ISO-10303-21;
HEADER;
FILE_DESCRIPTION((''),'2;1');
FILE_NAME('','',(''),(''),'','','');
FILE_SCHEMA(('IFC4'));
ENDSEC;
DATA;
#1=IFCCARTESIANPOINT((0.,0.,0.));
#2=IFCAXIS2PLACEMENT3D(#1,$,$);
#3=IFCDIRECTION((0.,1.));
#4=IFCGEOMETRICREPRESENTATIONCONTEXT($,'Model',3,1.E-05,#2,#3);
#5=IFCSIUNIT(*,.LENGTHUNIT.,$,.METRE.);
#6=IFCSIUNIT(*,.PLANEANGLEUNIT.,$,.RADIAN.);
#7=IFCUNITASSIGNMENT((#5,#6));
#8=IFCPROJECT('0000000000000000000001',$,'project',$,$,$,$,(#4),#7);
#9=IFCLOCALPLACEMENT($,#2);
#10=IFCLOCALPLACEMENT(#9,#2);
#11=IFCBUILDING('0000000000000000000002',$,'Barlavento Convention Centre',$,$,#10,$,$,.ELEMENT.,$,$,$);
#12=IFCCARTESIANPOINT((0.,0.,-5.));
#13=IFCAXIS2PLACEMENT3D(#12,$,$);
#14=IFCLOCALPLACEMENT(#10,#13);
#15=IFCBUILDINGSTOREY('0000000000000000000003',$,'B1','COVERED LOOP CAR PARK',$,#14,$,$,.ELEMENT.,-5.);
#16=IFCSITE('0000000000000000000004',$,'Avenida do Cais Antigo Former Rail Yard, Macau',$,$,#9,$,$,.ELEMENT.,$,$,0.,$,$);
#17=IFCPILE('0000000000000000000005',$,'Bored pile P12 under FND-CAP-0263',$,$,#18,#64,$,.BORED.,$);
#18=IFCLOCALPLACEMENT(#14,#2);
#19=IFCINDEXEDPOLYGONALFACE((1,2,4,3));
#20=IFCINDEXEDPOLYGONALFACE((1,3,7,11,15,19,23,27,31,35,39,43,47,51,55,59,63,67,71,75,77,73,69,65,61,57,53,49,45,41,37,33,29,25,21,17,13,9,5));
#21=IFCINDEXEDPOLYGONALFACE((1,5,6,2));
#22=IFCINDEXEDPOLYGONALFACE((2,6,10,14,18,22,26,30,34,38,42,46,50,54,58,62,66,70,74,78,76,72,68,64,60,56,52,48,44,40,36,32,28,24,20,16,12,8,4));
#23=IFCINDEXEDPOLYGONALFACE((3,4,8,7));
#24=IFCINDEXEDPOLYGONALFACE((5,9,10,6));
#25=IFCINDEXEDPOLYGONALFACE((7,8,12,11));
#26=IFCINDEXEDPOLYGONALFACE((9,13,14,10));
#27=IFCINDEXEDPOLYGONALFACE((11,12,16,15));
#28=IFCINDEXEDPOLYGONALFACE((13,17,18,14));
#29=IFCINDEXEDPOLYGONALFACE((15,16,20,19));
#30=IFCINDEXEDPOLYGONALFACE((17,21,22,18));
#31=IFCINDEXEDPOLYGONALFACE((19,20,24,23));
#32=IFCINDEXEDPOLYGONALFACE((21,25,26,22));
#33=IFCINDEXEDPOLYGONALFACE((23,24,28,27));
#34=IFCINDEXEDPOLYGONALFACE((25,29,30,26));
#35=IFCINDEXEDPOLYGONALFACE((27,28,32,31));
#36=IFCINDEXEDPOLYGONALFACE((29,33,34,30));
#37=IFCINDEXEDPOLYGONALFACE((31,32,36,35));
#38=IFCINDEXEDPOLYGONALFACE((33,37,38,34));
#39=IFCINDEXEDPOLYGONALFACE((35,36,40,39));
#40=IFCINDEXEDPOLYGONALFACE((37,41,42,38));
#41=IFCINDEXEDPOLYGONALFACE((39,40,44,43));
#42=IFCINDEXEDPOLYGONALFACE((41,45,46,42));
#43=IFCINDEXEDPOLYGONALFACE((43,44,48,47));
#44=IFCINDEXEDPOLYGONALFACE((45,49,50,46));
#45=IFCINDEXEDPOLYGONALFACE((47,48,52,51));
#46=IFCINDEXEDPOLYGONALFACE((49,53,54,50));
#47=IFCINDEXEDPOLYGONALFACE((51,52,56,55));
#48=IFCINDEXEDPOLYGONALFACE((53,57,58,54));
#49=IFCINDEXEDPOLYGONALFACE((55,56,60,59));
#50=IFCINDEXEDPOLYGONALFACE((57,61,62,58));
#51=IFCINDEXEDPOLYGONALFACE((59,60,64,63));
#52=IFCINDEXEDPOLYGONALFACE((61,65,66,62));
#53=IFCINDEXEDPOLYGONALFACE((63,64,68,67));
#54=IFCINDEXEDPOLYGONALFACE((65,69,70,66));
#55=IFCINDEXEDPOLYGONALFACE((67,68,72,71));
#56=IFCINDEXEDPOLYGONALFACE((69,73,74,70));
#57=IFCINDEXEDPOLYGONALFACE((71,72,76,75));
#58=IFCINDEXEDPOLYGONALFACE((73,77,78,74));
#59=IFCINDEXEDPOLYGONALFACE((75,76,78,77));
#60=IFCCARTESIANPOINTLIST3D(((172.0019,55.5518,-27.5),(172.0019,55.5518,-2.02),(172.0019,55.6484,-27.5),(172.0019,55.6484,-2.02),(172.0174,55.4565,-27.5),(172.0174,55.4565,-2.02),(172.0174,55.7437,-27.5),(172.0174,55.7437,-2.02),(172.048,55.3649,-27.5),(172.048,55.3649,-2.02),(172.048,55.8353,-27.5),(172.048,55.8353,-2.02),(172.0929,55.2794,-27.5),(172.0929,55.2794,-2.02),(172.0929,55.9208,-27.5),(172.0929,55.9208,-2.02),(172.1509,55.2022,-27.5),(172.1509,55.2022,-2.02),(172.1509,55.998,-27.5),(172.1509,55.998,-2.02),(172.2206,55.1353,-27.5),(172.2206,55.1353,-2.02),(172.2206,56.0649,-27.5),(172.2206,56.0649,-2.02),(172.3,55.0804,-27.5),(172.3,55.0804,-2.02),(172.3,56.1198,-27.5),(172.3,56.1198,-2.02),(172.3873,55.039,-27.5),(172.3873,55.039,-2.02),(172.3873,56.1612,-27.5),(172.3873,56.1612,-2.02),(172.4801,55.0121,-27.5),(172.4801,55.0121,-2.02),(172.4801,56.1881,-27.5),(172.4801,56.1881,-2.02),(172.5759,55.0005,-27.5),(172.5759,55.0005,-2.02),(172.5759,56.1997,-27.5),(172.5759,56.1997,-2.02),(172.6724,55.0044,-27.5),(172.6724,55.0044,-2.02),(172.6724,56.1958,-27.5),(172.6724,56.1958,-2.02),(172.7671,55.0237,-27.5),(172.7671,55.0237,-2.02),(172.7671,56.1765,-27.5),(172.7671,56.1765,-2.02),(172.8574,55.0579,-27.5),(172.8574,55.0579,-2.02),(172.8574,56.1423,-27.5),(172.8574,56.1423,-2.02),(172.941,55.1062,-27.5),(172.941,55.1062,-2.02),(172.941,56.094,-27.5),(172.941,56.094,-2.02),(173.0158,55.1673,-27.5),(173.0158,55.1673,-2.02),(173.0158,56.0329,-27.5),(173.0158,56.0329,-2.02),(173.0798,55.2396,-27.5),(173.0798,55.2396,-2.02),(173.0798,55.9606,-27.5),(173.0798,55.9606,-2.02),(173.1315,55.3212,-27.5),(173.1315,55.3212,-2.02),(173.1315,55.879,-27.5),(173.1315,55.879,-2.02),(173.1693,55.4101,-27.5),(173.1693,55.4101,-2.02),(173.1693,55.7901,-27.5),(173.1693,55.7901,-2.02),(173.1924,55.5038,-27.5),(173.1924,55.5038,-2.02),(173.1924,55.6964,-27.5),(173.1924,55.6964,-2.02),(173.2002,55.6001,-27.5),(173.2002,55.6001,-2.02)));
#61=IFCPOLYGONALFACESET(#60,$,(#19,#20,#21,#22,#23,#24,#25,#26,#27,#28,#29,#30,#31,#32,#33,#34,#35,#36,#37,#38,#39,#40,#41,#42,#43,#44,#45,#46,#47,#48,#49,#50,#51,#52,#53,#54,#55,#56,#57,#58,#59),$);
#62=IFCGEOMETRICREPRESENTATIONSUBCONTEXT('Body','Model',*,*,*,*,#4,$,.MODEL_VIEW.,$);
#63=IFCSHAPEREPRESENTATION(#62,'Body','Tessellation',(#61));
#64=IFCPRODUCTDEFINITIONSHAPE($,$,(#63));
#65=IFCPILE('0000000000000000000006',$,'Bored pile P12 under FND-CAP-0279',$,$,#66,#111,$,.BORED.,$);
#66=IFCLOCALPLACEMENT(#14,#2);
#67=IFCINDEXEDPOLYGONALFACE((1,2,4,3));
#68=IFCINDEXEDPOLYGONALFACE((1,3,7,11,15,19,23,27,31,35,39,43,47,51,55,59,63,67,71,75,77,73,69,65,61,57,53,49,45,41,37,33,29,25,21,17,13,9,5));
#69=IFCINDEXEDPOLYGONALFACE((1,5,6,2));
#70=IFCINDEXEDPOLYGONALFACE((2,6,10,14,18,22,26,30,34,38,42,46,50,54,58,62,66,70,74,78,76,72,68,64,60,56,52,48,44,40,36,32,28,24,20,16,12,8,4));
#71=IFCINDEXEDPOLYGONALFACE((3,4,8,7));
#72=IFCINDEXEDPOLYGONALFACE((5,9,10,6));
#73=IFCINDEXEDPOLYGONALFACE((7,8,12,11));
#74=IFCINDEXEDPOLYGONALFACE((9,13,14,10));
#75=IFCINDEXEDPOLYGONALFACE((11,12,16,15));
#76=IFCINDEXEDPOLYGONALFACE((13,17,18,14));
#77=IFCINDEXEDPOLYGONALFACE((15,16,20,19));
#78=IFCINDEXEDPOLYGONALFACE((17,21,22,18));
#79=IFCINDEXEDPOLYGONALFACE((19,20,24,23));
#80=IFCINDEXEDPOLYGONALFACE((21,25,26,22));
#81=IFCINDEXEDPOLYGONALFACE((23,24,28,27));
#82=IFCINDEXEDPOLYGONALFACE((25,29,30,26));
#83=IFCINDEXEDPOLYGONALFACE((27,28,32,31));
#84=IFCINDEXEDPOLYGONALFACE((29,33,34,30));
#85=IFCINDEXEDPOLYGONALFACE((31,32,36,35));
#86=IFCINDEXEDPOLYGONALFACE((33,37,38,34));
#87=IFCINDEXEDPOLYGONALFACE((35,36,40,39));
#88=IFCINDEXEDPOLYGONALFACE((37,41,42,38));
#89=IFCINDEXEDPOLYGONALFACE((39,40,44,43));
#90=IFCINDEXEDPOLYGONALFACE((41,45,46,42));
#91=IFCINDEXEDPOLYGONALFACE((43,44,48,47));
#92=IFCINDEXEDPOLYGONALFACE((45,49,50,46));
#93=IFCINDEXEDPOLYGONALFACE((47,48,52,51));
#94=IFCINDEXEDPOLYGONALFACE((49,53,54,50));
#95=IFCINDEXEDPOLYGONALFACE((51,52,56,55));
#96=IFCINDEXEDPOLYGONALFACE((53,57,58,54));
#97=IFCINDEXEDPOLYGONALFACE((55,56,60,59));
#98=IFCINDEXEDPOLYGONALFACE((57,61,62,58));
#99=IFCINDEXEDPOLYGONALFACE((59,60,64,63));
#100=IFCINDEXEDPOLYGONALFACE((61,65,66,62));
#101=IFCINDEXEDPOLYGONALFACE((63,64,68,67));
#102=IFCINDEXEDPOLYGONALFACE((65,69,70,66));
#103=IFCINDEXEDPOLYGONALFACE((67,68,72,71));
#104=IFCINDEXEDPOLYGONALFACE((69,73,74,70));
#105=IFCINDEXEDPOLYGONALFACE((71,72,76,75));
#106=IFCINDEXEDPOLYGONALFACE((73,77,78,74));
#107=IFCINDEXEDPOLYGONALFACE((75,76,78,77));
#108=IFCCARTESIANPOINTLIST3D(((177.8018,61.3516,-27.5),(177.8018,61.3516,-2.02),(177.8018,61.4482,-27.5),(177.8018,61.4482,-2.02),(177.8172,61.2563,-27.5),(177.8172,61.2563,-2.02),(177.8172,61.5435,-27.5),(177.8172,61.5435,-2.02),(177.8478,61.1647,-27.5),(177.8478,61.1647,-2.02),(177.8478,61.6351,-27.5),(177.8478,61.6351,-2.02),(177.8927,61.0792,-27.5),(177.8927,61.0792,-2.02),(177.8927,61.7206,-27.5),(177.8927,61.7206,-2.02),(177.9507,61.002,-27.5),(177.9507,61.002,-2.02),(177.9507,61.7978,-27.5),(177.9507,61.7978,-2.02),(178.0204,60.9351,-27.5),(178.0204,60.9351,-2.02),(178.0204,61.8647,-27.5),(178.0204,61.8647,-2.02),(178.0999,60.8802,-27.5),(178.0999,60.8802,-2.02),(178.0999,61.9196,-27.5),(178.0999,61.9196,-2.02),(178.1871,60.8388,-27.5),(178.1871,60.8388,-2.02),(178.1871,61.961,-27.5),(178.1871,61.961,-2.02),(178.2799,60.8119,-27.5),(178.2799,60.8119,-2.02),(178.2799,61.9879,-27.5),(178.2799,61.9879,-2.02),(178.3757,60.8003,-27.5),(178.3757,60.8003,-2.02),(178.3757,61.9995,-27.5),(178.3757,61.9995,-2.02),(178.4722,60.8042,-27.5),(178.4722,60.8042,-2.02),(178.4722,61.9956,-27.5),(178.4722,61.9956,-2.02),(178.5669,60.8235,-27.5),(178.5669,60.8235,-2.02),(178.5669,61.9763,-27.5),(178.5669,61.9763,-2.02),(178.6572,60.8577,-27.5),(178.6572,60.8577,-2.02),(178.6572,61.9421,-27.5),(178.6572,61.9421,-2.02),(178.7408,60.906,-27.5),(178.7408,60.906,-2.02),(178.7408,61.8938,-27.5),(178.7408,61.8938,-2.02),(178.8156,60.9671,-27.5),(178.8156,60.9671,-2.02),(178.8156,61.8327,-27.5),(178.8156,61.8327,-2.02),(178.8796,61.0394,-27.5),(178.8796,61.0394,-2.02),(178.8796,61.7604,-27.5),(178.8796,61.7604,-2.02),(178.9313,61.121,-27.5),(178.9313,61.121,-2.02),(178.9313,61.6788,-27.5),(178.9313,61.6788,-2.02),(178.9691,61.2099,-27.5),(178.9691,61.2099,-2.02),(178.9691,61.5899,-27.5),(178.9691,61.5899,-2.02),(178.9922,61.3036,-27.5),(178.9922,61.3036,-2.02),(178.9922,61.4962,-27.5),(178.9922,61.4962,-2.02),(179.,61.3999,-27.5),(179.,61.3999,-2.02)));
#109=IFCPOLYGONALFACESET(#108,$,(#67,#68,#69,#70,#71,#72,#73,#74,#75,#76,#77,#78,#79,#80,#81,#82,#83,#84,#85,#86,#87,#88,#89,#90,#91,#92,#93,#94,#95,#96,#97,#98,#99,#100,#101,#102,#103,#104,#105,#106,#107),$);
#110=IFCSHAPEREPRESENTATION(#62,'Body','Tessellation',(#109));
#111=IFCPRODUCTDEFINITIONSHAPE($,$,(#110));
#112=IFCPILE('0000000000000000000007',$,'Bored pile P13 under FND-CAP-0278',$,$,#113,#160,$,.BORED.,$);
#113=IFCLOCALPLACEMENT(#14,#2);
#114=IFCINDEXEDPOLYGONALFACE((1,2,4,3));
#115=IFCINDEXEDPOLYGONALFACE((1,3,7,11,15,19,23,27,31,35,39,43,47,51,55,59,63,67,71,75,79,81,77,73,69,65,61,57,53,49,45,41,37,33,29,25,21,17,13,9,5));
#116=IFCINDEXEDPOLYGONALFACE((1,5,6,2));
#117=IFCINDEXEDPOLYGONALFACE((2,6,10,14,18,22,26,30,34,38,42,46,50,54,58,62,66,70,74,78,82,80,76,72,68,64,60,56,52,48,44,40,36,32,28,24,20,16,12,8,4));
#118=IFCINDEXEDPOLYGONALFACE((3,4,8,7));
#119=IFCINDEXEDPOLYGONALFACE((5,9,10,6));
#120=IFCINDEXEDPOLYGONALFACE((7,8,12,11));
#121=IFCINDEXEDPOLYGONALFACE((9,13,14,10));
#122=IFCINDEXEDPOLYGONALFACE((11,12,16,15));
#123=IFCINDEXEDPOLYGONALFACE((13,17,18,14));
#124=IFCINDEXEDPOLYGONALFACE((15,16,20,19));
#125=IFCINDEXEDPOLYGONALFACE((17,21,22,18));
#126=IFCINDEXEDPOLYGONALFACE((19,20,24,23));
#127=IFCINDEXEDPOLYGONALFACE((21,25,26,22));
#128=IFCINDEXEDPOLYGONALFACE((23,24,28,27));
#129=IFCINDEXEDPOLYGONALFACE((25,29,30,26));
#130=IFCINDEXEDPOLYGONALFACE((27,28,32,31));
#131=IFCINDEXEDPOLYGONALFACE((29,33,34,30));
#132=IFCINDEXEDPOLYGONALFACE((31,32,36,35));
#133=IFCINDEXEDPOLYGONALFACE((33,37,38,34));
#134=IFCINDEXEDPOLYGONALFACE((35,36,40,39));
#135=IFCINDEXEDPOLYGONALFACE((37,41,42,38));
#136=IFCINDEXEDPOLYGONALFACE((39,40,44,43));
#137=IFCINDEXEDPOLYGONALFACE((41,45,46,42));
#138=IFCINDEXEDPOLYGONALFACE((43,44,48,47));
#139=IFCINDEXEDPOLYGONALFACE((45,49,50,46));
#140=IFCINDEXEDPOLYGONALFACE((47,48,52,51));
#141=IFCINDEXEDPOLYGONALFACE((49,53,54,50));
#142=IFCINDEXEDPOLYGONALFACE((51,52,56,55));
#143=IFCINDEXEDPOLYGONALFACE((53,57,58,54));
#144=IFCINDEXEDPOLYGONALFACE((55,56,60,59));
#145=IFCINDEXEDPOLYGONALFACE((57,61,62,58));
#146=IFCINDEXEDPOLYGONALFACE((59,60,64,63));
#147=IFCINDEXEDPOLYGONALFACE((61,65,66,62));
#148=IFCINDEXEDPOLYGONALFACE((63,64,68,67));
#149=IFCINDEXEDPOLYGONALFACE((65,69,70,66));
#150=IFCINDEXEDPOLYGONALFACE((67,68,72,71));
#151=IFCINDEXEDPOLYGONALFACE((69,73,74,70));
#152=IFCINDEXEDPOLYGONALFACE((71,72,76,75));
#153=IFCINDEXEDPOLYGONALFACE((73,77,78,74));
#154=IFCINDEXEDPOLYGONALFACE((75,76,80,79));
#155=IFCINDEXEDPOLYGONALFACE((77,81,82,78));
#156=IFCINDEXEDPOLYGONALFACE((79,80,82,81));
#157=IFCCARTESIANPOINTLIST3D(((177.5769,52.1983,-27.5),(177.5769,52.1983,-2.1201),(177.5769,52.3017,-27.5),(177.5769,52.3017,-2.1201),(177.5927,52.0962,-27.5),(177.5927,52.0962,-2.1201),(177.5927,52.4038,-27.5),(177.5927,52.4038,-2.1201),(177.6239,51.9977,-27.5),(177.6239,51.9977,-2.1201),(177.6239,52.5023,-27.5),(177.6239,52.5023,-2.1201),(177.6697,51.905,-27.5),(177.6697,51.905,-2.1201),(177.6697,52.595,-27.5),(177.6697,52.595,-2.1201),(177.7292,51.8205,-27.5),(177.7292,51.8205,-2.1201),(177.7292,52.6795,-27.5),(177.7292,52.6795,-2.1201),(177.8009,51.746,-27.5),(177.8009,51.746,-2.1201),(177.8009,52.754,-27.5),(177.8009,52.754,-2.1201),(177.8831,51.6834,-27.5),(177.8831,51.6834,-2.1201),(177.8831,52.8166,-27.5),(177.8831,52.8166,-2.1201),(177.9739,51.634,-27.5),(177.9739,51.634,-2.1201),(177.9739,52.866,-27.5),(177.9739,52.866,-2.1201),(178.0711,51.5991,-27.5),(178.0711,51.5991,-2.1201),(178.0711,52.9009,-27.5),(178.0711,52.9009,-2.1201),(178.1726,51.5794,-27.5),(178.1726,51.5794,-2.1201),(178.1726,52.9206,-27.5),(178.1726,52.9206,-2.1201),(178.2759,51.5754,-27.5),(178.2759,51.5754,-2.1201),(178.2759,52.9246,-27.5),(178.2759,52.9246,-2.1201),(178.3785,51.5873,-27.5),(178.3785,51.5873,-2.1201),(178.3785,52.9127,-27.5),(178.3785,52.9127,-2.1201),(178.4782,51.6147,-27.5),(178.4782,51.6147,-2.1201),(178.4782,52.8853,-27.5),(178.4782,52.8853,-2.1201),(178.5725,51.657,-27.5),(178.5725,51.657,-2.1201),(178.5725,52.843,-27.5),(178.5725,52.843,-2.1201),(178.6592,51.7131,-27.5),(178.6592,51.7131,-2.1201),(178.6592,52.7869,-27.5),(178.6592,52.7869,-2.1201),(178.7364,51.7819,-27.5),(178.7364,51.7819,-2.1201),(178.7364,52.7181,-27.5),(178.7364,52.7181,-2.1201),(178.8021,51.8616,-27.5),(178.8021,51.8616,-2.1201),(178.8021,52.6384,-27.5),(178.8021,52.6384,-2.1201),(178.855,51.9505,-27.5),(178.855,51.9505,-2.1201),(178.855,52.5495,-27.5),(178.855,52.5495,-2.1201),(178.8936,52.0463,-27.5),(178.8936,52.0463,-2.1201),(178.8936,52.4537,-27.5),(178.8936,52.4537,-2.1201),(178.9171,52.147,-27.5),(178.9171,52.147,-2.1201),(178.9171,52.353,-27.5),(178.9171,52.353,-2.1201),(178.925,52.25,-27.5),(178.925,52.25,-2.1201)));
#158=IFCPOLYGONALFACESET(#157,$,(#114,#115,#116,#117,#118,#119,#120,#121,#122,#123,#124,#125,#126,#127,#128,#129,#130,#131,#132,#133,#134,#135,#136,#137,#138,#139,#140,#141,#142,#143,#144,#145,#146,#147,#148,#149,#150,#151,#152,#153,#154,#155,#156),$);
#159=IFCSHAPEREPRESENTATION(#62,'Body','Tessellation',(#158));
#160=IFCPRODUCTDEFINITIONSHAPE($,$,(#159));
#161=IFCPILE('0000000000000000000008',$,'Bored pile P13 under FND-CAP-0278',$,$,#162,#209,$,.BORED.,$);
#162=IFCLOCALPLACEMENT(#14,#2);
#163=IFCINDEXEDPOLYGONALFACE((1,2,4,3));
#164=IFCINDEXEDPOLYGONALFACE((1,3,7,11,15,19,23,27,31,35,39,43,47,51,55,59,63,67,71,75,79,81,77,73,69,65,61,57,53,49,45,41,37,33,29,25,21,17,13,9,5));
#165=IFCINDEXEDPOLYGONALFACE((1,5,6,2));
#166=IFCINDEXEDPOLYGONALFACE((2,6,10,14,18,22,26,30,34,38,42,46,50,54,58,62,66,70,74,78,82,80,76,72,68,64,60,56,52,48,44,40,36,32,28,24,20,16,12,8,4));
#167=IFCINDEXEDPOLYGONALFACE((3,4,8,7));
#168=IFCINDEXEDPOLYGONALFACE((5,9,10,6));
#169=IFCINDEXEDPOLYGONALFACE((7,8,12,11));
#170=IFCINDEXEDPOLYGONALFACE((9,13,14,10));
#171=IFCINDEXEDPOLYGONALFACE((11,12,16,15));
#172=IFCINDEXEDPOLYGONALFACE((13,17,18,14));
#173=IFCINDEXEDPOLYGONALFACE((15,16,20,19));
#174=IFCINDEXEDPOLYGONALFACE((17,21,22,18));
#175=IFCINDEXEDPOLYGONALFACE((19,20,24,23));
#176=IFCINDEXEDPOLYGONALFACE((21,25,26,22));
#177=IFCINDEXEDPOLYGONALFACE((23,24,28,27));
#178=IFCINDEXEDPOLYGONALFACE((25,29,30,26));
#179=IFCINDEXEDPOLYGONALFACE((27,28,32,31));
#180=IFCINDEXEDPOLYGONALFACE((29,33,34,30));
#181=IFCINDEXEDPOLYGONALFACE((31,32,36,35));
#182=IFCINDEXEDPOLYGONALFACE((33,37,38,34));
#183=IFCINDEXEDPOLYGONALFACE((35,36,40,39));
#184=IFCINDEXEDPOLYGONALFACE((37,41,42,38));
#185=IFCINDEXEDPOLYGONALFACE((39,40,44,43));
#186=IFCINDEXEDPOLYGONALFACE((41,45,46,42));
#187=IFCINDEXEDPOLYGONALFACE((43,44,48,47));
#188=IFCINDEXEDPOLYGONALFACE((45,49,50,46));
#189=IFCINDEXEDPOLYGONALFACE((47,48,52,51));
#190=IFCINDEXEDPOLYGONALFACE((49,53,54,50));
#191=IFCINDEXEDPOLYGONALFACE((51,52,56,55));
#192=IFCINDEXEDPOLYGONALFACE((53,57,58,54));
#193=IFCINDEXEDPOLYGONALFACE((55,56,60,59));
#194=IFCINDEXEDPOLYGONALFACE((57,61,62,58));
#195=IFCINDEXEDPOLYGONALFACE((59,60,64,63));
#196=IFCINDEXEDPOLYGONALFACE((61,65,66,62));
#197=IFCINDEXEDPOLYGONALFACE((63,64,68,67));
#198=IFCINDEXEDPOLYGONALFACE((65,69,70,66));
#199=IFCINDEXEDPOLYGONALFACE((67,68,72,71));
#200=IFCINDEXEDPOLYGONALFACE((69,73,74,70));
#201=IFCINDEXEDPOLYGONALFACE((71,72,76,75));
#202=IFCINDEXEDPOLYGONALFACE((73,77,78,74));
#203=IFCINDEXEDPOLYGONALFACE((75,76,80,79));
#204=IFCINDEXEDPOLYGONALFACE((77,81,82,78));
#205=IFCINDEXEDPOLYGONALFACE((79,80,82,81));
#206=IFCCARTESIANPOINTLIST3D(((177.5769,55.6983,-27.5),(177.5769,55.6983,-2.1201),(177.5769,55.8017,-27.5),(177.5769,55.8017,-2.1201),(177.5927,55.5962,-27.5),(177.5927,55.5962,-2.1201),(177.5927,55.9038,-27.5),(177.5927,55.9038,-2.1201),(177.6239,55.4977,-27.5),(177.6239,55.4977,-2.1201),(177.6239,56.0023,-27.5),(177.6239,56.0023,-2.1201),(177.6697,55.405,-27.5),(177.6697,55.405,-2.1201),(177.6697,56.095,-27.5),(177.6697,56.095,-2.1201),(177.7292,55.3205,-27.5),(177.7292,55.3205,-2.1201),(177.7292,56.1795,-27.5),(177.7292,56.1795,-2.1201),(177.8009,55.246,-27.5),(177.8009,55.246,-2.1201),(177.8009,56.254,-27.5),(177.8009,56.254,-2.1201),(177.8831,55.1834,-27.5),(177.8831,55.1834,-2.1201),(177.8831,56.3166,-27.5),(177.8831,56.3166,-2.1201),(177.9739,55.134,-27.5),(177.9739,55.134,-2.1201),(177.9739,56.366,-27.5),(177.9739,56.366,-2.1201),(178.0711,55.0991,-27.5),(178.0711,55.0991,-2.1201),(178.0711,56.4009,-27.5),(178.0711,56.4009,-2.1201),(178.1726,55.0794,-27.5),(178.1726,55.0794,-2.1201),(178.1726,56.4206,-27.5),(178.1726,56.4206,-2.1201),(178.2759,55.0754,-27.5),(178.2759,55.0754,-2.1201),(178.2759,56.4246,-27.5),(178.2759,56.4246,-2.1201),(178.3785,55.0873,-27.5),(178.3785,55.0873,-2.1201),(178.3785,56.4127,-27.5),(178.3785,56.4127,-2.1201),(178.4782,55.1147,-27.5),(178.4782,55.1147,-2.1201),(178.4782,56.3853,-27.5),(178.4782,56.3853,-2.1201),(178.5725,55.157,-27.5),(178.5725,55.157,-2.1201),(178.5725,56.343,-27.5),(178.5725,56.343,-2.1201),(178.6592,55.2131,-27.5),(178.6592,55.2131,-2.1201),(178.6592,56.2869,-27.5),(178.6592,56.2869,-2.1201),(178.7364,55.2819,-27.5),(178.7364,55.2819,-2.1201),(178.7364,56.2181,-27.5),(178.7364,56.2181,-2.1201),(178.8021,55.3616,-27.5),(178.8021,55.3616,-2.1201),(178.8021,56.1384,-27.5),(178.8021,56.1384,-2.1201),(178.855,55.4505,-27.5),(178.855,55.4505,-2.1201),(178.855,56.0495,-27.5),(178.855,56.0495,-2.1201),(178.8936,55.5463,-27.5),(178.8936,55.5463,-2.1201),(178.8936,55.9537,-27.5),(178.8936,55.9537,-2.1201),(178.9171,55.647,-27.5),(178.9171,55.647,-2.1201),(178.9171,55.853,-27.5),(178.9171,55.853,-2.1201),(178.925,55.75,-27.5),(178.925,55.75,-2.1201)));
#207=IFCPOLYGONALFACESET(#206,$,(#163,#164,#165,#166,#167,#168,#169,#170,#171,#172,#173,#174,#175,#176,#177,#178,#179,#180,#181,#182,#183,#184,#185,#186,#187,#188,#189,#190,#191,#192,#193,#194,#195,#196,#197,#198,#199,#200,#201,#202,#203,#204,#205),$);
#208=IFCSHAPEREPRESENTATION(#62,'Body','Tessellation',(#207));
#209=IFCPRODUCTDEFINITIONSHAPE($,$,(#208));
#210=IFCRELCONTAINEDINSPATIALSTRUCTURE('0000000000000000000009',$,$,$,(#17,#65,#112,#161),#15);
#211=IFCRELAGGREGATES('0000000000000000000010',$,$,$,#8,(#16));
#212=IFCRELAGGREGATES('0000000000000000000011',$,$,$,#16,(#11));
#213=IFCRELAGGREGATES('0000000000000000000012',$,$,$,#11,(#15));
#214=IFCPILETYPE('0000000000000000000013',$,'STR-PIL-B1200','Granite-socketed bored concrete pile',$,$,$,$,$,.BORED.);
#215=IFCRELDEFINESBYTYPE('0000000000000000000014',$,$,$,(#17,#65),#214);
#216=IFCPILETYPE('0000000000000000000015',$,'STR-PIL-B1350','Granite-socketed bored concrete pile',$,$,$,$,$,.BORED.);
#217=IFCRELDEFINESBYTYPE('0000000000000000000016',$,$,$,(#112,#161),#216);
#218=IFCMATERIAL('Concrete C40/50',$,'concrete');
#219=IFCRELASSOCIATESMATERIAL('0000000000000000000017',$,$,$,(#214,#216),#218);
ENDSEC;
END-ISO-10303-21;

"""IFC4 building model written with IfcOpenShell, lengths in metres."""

from ifc_helpers import new_model, si_unit, direction, frame, origin, origin_2d, place, context, subcontext, project, spatial, circle, extrude, material, material_profile, profile_set, type_object, element, save


model = new_model("IFC4")

# Units and contexts
model_context = context("Model", 3, precision=1e-05, world=origin(), true_north=direction((0.0, 1.0)))
body_context = subcontext(model_context, "Body", "Model", "MODEL_VIEW")
ifc_project = project(units=[si_unit("LENGTHUNIT", "METRE"), si_unit("PLANEANGLEUNIT", "RADIAN")], contexts=[model_context])

# Site, building, storey
site_placement = place(None, origin())
site = spatial("IfcSite", under=ifc_project, at=site_placement, Name="Avenida do Cais Antigo Former Rail Yard, Macau", CompositionType="ELEMENT", RefElevation=0.0)
building_placement = place(site_placement, origin())
building = spatial("IfcBuilding", under=site, at=building_placement, Name="Barlavento Convention Centre", CompositionType="ELEMENT")
storey_placement = place(building_placement, frame((0.0, 0.0, -5.0)))
storey = spatial("IfcBuildingStorey", under=building, at=storey_placement, Name="B1", Description="COVERED LOOP CAR PARK", CompositionType="ELEMENT", Elevation=-5.0)

# Shared definitions
ifc_material_1 = material(Name="Concrete C40/50", Category="concrete")

# Piles
ifc_material_profile_1 = material_profile(ifc_material_1, circle(Radius=0.6001, at=origin_2d()), Name="BORED PILE 1200")
ifc_profile_set_1 = profile_set([ifc_material_profile_1], Name="Concrete C40/50")
pile_type_1 = type_object("IfcPileType", Name="STR-PIL-B1200", Description="Granite-socketed bored concrete pile", PredefinedType="BORED", material=ifc_profile_set_1)
for number, where, z_axis, x_axis, name in (
    (1, (172.6001, 55.6001, -2.02), (0.0, 0.0, -1.0), (1.0, 0.0, 0.0), "Bored pile P12 under FND-CAP-0263"),
    (2, (178.3999, 61.3999, -2.02), (0.0, 0.0, -1.0), (1.0, 0.0, 0.0), "Bored pile P12 under FND-CAP-0279"),
):
    element("IfcPile", number, at=place(storey_placement, frame(where, z_axis=z_axis, x_axis=x_axis)), inside=storey, type_object=pile_type_1, Name=name, PredefinedType="BORED", context=body_context, shape_type="SweptSolid", body=[
        extrude(circle(Radius=0.6001, at=origin_2d()), origin(), (0.0, 0.0, 1.0), 25.48),
    ])
ifc_material_profile_2 = material_profile(ifc_material_1, circle(Radius=0.675, at=origin_2d()), Name="BORED PILE 1350")
ifc_profile_set_2 = profile_set([ifc_material_profile_2], Name="Concrete C40/50")
pile_type_2 = type_object("IfcPileType", Name="STR-PIL-B1350", Description="Granite-socketed bored concrete pile", PredefinedType="BORED", material=ifc_profile_set_2)
for number, where, z_axis, x_axis, name in (
    (3, (178.25, 52.25, -2.1201), (0.0, 0.0, -1.0), (1.0, 0.0, 0.0), "Bored pile P13 under FND-CAP-0278"),
    (4, (178.25, 55.75, -2.1201), (0.0, 0.0, -1.0), (1.0, 0.0, 0.0), "Bored pile P13 under FND-CAP-0278"),
):
    element("IfcPile", number, at=place(storey_placement, frame(where, z_axis=z_axis, x_axis=x_axis)), inside=storey, type_object=pile_type_2, Name=name, PredefinedType="BORED", context=body_context, shape_type="SweptSolid", body=[
        extrude(circle(Radius=0.675, at=origin_2d()), origin(), (0.0, 0.0, 1.0), 25.3799),
    ])

save(model, "model.ifc")
